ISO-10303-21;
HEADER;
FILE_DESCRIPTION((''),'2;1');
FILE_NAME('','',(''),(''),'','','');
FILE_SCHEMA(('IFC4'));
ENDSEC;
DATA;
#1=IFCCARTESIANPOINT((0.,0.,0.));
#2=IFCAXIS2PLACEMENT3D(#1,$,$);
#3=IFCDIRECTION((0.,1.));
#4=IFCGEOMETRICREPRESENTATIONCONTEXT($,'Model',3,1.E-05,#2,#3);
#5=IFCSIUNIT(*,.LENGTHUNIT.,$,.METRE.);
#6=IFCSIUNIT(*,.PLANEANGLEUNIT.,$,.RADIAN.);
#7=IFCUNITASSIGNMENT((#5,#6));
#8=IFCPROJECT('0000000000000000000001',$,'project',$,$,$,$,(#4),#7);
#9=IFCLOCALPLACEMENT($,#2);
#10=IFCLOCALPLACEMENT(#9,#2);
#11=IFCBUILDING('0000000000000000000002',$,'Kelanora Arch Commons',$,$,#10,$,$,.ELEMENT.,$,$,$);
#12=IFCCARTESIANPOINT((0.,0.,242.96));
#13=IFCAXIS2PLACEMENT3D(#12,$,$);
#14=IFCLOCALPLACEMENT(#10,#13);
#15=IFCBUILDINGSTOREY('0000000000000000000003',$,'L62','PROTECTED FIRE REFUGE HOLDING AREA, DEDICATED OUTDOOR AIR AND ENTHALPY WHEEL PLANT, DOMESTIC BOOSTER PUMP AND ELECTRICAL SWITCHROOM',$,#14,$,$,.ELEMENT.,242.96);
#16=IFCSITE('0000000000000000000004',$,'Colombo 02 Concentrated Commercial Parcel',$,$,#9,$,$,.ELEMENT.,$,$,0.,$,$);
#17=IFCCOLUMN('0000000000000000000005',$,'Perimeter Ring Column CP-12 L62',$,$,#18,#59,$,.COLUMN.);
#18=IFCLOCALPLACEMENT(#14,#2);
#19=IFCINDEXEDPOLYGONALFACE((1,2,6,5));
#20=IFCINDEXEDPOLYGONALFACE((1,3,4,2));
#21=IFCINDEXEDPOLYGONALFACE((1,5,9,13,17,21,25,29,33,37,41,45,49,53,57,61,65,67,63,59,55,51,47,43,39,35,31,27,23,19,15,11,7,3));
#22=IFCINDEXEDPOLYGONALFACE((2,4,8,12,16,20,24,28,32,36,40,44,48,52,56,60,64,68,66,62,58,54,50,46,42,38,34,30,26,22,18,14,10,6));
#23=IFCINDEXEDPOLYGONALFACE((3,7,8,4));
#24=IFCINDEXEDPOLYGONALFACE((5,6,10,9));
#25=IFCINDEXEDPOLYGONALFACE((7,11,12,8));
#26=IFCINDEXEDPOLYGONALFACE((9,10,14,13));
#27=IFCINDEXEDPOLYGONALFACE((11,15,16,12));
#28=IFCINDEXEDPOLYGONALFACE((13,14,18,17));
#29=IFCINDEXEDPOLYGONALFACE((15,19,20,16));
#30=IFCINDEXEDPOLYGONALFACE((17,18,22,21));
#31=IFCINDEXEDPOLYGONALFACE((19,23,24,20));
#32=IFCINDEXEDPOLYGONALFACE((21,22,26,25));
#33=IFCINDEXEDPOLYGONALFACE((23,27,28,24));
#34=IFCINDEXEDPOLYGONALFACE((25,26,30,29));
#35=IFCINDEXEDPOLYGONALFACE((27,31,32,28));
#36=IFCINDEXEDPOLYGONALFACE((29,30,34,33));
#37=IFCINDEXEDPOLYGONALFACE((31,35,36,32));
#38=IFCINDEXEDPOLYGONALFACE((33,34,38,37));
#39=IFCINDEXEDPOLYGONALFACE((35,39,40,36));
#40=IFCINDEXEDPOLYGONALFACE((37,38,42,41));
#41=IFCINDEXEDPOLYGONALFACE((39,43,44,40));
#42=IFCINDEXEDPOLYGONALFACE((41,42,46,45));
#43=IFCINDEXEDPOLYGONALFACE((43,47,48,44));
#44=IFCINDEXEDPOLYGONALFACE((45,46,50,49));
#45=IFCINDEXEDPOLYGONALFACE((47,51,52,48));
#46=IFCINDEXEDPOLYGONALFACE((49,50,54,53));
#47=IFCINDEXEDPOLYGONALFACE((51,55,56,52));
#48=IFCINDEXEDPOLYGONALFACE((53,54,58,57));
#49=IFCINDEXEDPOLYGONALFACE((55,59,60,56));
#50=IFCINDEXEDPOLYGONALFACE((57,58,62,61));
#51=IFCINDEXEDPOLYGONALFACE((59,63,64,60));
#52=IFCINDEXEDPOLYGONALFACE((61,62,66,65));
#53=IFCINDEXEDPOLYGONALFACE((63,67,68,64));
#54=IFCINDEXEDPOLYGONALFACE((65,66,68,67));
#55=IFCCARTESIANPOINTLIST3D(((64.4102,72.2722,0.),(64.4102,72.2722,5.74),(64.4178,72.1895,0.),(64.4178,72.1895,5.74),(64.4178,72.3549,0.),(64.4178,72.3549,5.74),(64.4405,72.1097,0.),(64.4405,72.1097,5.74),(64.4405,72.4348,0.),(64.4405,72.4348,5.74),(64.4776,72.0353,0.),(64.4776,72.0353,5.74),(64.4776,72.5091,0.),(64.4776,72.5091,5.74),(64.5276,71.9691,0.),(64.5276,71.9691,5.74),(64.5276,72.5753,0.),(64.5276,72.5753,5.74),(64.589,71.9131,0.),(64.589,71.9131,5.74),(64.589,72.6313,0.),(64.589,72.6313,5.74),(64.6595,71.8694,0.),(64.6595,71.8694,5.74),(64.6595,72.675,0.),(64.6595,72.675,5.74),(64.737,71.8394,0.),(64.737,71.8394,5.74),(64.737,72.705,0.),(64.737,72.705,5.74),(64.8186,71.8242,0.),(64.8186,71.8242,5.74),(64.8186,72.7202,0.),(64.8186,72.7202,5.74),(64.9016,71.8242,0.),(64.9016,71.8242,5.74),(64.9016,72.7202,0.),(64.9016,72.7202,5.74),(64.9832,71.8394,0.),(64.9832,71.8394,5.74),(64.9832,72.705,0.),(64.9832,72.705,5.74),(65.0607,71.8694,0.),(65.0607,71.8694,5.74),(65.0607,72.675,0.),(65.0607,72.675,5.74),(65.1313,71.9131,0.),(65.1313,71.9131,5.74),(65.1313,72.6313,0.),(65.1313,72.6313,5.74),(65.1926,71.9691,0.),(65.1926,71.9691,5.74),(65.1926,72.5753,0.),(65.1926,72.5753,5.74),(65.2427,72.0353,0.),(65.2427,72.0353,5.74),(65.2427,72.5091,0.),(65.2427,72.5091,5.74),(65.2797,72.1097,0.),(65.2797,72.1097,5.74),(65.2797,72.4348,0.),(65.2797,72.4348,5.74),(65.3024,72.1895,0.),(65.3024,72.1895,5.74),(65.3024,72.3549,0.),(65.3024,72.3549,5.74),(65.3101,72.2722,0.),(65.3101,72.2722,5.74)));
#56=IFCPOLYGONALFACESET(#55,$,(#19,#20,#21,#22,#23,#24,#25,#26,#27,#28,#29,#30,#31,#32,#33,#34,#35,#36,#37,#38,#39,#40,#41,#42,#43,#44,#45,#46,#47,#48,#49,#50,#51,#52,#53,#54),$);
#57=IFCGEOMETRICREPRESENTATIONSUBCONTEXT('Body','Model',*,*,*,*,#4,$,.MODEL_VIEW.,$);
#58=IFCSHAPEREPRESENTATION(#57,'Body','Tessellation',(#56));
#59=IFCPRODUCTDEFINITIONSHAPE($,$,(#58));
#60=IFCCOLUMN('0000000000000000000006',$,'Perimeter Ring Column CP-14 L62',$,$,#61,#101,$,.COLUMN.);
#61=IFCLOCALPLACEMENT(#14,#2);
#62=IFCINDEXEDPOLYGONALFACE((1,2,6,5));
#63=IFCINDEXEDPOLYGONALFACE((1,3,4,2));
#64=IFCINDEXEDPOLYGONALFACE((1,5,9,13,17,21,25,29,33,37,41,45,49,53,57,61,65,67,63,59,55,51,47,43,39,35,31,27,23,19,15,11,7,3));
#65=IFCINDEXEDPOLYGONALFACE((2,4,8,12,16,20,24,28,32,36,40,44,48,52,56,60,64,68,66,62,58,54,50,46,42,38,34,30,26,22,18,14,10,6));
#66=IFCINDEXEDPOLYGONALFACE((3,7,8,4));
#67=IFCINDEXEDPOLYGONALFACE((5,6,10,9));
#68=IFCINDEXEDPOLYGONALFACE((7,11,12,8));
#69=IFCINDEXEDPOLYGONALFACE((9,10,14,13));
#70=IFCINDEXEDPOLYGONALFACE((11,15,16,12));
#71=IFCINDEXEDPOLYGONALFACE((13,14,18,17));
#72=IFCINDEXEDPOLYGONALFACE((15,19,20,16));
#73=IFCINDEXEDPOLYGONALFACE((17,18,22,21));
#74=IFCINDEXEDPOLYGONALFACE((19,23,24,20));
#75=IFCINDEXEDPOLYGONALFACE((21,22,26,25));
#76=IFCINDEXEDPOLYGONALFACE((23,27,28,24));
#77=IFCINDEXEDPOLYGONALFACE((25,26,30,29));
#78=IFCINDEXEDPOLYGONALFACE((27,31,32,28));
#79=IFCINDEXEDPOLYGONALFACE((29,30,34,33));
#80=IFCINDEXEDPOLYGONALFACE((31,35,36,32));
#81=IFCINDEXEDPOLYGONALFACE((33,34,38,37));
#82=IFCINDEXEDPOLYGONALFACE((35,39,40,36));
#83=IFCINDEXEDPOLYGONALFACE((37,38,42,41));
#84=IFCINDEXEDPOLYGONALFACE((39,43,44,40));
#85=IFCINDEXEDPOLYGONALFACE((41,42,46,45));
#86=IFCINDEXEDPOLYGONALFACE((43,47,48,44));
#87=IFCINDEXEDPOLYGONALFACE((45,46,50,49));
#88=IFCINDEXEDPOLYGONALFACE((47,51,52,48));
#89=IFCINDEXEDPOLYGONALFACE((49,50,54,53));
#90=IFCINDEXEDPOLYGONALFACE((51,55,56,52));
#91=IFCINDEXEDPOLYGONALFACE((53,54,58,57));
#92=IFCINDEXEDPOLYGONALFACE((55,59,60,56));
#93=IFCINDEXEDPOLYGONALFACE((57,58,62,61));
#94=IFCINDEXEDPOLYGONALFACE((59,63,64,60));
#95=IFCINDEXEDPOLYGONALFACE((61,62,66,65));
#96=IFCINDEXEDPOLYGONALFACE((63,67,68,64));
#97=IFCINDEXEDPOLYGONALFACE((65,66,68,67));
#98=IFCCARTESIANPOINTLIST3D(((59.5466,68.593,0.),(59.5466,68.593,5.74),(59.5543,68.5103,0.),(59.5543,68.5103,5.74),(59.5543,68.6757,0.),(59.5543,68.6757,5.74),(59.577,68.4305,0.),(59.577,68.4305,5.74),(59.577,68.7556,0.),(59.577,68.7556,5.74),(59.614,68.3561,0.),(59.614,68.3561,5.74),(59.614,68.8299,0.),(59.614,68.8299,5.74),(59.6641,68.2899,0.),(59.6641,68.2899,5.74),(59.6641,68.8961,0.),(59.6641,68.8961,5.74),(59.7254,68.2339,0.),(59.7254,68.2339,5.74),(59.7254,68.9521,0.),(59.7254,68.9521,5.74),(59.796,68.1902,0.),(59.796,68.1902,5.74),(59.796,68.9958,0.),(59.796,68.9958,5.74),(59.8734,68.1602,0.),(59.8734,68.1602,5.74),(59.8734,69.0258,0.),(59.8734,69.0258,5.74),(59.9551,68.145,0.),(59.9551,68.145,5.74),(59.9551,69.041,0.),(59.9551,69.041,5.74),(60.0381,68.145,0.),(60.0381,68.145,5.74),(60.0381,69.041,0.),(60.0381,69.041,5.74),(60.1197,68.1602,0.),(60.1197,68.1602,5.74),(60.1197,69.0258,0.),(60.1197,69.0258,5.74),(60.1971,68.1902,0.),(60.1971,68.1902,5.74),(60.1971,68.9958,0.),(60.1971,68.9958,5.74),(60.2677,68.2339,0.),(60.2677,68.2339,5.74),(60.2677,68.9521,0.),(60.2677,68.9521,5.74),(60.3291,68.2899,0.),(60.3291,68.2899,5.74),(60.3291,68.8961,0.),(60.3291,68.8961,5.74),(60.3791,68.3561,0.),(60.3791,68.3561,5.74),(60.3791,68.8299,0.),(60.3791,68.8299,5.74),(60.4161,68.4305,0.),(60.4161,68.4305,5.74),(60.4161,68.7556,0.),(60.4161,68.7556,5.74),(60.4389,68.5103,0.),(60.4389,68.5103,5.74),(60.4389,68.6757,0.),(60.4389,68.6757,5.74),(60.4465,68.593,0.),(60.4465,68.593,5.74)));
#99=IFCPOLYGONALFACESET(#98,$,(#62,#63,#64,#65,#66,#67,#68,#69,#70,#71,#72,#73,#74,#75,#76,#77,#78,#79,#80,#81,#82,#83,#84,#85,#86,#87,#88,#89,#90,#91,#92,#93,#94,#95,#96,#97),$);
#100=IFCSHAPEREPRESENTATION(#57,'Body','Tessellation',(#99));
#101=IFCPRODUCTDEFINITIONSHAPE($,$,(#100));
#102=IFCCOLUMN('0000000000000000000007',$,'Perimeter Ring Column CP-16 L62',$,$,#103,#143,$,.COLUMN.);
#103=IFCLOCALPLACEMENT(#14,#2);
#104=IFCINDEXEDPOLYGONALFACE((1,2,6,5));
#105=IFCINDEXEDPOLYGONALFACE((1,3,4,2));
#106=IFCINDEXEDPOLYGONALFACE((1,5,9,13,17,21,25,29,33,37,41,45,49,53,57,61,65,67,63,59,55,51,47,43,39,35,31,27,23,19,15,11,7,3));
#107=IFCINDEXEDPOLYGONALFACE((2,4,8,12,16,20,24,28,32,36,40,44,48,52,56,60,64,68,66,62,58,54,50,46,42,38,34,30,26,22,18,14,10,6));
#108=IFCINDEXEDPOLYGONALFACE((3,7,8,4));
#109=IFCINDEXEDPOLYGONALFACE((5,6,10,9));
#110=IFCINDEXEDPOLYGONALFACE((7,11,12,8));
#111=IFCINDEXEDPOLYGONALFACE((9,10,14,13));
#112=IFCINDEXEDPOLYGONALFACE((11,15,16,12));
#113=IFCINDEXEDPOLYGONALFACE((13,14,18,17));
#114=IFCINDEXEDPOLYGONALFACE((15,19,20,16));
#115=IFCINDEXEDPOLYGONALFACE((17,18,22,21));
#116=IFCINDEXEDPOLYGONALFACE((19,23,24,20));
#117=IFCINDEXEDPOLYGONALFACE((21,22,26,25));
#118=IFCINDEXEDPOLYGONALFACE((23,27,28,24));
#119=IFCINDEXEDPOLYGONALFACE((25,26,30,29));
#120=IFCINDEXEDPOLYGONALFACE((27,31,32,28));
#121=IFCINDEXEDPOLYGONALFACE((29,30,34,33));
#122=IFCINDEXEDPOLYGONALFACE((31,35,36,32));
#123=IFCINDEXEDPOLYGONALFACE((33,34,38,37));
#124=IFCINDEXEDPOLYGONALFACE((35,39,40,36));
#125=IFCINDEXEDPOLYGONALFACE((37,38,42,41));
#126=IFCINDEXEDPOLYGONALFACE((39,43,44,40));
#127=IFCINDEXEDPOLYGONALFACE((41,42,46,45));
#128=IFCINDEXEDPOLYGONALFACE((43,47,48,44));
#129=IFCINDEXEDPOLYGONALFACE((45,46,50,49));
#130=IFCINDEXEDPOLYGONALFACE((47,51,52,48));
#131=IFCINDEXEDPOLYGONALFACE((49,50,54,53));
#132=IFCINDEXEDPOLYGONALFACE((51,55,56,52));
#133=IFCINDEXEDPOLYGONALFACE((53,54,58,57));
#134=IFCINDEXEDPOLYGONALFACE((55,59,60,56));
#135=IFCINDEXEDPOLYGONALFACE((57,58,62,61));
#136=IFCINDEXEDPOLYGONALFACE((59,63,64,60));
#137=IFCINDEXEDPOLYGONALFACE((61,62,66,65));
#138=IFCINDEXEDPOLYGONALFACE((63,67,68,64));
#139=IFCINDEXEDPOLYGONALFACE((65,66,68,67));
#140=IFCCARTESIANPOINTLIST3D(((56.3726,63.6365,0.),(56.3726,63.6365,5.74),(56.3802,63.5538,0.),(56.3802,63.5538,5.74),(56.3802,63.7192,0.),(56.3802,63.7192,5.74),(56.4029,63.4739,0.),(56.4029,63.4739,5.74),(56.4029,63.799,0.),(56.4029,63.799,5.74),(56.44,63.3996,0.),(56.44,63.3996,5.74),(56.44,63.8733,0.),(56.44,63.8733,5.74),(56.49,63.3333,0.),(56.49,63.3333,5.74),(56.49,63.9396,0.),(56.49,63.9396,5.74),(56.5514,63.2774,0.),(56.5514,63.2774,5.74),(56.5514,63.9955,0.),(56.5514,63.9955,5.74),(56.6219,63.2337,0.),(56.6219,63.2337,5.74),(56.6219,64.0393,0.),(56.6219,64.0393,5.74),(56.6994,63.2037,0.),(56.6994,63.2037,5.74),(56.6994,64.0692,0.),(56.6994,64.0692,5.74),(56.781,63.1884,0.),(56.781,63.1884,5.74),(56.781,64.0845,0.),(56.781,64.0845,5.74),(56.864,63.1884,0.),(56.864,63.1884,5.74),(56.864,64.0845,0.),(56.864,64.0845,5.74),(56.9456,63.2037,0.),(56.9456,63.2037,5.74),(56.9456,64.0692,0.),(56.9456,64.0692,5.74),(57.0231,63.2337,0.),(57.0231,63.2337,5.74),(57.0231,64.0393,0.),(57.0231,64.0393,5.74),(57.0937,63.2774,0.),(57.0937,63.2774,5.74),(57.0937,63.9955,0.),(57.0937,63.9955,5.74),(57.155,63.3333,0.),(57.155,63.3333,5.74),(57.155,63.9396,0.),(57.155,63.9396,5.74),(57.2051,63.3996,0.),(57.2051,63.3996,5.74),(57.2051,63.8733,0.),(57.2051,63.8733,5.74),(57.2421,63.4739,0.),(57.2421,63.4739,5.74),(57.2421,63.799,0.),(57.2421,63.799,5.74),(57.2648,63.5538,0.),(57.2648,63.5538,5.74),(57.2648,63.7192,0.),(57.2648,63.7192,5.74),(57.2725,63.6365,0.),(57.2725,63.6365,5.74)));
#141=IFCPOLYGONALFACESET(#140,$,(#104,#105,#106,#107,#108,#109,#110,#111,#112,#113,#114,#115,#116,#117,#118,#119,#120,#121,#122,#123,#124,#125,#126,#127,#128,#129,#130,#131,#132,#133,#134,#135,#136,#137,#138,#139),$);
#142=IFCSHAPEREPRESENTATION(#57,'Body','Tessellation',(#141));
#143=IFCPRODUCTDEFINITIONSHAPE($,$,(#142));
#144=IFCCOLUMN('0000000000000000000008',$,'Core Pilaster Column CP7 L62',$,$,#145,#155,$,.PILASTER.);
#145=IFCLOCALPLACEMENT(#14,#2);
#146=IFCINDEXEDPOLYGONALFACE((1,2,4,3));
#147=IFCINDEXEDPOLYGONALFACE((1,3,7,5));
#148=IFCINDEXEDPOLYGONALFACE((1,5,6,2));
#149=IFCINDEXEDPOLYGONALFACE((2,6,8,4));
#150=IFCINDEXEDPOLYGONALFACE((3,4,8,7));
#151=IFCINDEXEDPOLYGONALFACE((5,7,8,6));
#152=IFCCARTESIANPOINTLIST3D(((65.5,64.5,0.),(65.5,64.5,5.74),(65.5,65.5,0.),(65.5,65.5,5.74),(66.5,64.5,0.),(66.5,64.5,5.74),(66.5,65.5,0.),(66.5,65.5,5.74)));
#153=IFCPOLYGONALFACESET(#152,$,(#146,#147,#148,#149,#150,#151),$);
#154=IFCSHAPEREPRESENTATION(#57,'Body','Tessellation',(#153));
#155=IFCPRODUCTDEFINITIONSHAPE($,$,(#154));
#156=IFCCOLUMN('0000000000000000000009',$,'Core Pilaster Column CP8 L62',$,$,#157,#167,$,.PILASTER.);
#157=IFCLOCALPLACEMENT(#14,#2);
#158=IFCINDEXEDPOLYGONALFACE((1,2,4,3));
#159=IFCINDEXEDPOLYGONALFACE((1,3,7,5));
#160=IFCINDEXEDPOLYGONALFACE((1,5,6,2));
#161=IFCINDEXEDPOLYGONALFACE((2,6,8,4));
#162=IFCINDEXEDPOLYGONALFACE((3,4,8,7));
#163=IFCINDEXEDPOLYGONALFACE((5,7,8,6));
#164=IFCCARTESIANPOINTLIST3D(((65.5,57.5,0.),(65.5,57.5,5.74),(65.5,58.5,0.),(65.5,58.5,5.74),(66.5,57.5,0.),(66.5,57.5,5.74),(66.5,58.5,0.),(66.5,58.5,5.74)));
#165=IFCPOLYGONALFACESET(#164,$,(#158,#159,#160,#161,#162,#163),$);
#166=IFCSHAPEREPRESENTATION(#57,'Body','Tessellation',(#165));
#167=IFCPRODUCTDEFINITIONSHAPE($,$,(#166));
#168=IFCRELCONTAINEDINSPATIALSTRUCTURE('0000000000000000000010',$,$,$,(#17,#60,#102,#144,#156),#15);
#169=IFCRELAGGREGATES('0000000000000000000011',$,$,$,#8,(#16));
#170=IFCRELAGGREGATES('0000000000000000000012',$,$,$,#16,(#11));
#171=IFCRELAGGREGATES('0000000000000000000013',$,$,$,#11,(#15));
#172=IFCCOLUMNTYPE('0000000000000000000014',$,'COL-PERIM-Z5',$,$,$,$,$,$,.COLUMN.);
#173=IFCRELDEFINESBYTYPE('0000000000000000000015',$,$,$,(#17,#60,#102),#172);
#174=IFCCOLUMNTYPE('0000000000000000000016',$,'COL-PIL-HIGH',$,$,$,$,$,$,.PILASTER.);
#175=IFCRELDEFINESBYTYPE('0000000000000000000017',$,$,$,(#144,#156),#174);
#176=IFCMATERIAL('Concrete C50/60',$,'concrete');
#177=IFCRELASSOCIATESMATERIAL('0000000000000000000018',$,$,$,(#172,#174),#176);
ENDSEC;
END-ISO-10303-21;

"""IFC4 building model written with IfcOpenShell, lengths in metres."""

from ifc_helpers import new_model, si_unit, direction, frame, origin, origin_2d, place, context, subcontext, project, spatial, rectangle, circle, extrude, material, material_profile, profile_set, type_object, element, save


model = new_model("IFC4")

# Units and contexts
model_context = context("Model", 3, precision=1e-05, world=origin(), true_north=direction((0.0, 1.0)))
body_context = subcontext(model_context, "Body", "Model", "MODEL_VIEW")
ifc_project = project(units=[si_unit("LENGTHUNIT", "METRE"), si_unit("PLANEANGLEUNIT", "RADIAN")], contexts=[model_context])

# Site, building, storey
site_placement = place(None, origin())
site = spatial("IfcSite", under=ifc_project, at=site_placement, Name="Colombo 02 Concentrated Commercial Parcel", CompositionType="ELEMENT", RefElevation=0.0)
building_placement = place(site_placement, origin())
building = spatial("IfcBuilding", under=site, at=building_placement, Name="Kelanora Arch Commons", CompositionType="ELEMENT")
storey_placement = place(building_placement, frame((0.0, 0.0, 242.96)))
storey = spatial("IfcBuildingStorey", under=building, at=storey_placement, Name="L62", Description="PROTECTED FIRE REFUGE HOLDING AREA, DEDICATED OUTDOOR AIR AND ENTHALPY WHEEL PLANT, DOMESTIC BOOSTER PUMP AND ELECTRICAL SWITCHROOM", CompositionType="ELEMENT", Elevation=242.96)

# Columns
ifc_material_1 = material(Name="Concrete C50/60", Category="concrete")
ifc_material_profile_1 = material_profile(ifc_material_1, circle(Radius=0.45, at=origin_2d()), Name="RCC900")
ifc_profile_set_1 = profile_set([ifc_material_profile_1], Name="Concrete C50/60")
column_type_1 = type_object("IfcColumnType", Name="COL-PERIM-Z5", PredefinedType="COLUMN", material=ifc_profile_set_1)
for number, where, z_axis, x_axis, name in (
    (1, (64.8601, 72.2722, 0.0), (0.0, 0.0, 1.0), (1.0, 0.0, 0.0), "Perimeter Ring Column CP-12 L62"),
    (2, (59.9966, 68.593, 0.0), (0.0, 0.0, 1.0), (1.0, 0.0, 0.0), "Perimeter Ring Column CP-14 L62"),
    (3, (56.8225, 63.6365, 0.0), (0.0, 0.0, 1.0), (1.0, 0.0, 0.0), "Perimeter Ring Column CP-16 L62"),
):
    element("IfcColumn", number, at=place(storey_placement, frame(where, z_axis=z_axis, x_axis=x_axis)), inside=storey, type_object=column_type_1, Name=name, PredefinedType="COLUMN", context=body_context, shape_type="SweptSolid", body=[
        extrude(circle(Radius=0.45, at=origin_2d()), origin(), (0.0, 0.0, 1.0), 5.74),
    ])
ifc_material_profile_2 = material_profile(ifc_material_1, rectangle(XDim=1.0, YDim=1.0, at=origin_2d()), Name="RC1000x1000")
ifc_profile_set_2 = profile_set([ifc_material_profile_2], Name="Concrete C50/60")
column_type_2 = type_object("IfcColumnType", Name="COL-PIL-HIGH", PredefinedType="PILASTER", material=ifc_profile_set_2)
for number, where, z_axis, x_axis, name in (
    (4, (66.0, 65.0, 0.0), (0.0, 0.0, 1.0), (1.0, 0.0, 0.0), "Core Pilaster Column CP7 L62"),
    (5, (66.0, 58.0, 0.0), (0.0, 0.0, 1.0), (1.0, 0.0, 0.0), "Core Pilaster Column CP8 L62"),
):
    element("IfcColumn", number, at=place(storey_placement, frame(where, z_axis=z_axis, x_axis=x_axis)), inside=storey, type_object=column_type_2, Name=name, PredefinedType="PILASTER", context=body_context, shape_type="SweptSolid", body=[
        extrude(rectangle(XDim=1.0, YDim=1.0, at=origin_2d()), origin(), (0.0, 0.0, 1.0), 5.74),
    ])

save(model, "model.ifc")
